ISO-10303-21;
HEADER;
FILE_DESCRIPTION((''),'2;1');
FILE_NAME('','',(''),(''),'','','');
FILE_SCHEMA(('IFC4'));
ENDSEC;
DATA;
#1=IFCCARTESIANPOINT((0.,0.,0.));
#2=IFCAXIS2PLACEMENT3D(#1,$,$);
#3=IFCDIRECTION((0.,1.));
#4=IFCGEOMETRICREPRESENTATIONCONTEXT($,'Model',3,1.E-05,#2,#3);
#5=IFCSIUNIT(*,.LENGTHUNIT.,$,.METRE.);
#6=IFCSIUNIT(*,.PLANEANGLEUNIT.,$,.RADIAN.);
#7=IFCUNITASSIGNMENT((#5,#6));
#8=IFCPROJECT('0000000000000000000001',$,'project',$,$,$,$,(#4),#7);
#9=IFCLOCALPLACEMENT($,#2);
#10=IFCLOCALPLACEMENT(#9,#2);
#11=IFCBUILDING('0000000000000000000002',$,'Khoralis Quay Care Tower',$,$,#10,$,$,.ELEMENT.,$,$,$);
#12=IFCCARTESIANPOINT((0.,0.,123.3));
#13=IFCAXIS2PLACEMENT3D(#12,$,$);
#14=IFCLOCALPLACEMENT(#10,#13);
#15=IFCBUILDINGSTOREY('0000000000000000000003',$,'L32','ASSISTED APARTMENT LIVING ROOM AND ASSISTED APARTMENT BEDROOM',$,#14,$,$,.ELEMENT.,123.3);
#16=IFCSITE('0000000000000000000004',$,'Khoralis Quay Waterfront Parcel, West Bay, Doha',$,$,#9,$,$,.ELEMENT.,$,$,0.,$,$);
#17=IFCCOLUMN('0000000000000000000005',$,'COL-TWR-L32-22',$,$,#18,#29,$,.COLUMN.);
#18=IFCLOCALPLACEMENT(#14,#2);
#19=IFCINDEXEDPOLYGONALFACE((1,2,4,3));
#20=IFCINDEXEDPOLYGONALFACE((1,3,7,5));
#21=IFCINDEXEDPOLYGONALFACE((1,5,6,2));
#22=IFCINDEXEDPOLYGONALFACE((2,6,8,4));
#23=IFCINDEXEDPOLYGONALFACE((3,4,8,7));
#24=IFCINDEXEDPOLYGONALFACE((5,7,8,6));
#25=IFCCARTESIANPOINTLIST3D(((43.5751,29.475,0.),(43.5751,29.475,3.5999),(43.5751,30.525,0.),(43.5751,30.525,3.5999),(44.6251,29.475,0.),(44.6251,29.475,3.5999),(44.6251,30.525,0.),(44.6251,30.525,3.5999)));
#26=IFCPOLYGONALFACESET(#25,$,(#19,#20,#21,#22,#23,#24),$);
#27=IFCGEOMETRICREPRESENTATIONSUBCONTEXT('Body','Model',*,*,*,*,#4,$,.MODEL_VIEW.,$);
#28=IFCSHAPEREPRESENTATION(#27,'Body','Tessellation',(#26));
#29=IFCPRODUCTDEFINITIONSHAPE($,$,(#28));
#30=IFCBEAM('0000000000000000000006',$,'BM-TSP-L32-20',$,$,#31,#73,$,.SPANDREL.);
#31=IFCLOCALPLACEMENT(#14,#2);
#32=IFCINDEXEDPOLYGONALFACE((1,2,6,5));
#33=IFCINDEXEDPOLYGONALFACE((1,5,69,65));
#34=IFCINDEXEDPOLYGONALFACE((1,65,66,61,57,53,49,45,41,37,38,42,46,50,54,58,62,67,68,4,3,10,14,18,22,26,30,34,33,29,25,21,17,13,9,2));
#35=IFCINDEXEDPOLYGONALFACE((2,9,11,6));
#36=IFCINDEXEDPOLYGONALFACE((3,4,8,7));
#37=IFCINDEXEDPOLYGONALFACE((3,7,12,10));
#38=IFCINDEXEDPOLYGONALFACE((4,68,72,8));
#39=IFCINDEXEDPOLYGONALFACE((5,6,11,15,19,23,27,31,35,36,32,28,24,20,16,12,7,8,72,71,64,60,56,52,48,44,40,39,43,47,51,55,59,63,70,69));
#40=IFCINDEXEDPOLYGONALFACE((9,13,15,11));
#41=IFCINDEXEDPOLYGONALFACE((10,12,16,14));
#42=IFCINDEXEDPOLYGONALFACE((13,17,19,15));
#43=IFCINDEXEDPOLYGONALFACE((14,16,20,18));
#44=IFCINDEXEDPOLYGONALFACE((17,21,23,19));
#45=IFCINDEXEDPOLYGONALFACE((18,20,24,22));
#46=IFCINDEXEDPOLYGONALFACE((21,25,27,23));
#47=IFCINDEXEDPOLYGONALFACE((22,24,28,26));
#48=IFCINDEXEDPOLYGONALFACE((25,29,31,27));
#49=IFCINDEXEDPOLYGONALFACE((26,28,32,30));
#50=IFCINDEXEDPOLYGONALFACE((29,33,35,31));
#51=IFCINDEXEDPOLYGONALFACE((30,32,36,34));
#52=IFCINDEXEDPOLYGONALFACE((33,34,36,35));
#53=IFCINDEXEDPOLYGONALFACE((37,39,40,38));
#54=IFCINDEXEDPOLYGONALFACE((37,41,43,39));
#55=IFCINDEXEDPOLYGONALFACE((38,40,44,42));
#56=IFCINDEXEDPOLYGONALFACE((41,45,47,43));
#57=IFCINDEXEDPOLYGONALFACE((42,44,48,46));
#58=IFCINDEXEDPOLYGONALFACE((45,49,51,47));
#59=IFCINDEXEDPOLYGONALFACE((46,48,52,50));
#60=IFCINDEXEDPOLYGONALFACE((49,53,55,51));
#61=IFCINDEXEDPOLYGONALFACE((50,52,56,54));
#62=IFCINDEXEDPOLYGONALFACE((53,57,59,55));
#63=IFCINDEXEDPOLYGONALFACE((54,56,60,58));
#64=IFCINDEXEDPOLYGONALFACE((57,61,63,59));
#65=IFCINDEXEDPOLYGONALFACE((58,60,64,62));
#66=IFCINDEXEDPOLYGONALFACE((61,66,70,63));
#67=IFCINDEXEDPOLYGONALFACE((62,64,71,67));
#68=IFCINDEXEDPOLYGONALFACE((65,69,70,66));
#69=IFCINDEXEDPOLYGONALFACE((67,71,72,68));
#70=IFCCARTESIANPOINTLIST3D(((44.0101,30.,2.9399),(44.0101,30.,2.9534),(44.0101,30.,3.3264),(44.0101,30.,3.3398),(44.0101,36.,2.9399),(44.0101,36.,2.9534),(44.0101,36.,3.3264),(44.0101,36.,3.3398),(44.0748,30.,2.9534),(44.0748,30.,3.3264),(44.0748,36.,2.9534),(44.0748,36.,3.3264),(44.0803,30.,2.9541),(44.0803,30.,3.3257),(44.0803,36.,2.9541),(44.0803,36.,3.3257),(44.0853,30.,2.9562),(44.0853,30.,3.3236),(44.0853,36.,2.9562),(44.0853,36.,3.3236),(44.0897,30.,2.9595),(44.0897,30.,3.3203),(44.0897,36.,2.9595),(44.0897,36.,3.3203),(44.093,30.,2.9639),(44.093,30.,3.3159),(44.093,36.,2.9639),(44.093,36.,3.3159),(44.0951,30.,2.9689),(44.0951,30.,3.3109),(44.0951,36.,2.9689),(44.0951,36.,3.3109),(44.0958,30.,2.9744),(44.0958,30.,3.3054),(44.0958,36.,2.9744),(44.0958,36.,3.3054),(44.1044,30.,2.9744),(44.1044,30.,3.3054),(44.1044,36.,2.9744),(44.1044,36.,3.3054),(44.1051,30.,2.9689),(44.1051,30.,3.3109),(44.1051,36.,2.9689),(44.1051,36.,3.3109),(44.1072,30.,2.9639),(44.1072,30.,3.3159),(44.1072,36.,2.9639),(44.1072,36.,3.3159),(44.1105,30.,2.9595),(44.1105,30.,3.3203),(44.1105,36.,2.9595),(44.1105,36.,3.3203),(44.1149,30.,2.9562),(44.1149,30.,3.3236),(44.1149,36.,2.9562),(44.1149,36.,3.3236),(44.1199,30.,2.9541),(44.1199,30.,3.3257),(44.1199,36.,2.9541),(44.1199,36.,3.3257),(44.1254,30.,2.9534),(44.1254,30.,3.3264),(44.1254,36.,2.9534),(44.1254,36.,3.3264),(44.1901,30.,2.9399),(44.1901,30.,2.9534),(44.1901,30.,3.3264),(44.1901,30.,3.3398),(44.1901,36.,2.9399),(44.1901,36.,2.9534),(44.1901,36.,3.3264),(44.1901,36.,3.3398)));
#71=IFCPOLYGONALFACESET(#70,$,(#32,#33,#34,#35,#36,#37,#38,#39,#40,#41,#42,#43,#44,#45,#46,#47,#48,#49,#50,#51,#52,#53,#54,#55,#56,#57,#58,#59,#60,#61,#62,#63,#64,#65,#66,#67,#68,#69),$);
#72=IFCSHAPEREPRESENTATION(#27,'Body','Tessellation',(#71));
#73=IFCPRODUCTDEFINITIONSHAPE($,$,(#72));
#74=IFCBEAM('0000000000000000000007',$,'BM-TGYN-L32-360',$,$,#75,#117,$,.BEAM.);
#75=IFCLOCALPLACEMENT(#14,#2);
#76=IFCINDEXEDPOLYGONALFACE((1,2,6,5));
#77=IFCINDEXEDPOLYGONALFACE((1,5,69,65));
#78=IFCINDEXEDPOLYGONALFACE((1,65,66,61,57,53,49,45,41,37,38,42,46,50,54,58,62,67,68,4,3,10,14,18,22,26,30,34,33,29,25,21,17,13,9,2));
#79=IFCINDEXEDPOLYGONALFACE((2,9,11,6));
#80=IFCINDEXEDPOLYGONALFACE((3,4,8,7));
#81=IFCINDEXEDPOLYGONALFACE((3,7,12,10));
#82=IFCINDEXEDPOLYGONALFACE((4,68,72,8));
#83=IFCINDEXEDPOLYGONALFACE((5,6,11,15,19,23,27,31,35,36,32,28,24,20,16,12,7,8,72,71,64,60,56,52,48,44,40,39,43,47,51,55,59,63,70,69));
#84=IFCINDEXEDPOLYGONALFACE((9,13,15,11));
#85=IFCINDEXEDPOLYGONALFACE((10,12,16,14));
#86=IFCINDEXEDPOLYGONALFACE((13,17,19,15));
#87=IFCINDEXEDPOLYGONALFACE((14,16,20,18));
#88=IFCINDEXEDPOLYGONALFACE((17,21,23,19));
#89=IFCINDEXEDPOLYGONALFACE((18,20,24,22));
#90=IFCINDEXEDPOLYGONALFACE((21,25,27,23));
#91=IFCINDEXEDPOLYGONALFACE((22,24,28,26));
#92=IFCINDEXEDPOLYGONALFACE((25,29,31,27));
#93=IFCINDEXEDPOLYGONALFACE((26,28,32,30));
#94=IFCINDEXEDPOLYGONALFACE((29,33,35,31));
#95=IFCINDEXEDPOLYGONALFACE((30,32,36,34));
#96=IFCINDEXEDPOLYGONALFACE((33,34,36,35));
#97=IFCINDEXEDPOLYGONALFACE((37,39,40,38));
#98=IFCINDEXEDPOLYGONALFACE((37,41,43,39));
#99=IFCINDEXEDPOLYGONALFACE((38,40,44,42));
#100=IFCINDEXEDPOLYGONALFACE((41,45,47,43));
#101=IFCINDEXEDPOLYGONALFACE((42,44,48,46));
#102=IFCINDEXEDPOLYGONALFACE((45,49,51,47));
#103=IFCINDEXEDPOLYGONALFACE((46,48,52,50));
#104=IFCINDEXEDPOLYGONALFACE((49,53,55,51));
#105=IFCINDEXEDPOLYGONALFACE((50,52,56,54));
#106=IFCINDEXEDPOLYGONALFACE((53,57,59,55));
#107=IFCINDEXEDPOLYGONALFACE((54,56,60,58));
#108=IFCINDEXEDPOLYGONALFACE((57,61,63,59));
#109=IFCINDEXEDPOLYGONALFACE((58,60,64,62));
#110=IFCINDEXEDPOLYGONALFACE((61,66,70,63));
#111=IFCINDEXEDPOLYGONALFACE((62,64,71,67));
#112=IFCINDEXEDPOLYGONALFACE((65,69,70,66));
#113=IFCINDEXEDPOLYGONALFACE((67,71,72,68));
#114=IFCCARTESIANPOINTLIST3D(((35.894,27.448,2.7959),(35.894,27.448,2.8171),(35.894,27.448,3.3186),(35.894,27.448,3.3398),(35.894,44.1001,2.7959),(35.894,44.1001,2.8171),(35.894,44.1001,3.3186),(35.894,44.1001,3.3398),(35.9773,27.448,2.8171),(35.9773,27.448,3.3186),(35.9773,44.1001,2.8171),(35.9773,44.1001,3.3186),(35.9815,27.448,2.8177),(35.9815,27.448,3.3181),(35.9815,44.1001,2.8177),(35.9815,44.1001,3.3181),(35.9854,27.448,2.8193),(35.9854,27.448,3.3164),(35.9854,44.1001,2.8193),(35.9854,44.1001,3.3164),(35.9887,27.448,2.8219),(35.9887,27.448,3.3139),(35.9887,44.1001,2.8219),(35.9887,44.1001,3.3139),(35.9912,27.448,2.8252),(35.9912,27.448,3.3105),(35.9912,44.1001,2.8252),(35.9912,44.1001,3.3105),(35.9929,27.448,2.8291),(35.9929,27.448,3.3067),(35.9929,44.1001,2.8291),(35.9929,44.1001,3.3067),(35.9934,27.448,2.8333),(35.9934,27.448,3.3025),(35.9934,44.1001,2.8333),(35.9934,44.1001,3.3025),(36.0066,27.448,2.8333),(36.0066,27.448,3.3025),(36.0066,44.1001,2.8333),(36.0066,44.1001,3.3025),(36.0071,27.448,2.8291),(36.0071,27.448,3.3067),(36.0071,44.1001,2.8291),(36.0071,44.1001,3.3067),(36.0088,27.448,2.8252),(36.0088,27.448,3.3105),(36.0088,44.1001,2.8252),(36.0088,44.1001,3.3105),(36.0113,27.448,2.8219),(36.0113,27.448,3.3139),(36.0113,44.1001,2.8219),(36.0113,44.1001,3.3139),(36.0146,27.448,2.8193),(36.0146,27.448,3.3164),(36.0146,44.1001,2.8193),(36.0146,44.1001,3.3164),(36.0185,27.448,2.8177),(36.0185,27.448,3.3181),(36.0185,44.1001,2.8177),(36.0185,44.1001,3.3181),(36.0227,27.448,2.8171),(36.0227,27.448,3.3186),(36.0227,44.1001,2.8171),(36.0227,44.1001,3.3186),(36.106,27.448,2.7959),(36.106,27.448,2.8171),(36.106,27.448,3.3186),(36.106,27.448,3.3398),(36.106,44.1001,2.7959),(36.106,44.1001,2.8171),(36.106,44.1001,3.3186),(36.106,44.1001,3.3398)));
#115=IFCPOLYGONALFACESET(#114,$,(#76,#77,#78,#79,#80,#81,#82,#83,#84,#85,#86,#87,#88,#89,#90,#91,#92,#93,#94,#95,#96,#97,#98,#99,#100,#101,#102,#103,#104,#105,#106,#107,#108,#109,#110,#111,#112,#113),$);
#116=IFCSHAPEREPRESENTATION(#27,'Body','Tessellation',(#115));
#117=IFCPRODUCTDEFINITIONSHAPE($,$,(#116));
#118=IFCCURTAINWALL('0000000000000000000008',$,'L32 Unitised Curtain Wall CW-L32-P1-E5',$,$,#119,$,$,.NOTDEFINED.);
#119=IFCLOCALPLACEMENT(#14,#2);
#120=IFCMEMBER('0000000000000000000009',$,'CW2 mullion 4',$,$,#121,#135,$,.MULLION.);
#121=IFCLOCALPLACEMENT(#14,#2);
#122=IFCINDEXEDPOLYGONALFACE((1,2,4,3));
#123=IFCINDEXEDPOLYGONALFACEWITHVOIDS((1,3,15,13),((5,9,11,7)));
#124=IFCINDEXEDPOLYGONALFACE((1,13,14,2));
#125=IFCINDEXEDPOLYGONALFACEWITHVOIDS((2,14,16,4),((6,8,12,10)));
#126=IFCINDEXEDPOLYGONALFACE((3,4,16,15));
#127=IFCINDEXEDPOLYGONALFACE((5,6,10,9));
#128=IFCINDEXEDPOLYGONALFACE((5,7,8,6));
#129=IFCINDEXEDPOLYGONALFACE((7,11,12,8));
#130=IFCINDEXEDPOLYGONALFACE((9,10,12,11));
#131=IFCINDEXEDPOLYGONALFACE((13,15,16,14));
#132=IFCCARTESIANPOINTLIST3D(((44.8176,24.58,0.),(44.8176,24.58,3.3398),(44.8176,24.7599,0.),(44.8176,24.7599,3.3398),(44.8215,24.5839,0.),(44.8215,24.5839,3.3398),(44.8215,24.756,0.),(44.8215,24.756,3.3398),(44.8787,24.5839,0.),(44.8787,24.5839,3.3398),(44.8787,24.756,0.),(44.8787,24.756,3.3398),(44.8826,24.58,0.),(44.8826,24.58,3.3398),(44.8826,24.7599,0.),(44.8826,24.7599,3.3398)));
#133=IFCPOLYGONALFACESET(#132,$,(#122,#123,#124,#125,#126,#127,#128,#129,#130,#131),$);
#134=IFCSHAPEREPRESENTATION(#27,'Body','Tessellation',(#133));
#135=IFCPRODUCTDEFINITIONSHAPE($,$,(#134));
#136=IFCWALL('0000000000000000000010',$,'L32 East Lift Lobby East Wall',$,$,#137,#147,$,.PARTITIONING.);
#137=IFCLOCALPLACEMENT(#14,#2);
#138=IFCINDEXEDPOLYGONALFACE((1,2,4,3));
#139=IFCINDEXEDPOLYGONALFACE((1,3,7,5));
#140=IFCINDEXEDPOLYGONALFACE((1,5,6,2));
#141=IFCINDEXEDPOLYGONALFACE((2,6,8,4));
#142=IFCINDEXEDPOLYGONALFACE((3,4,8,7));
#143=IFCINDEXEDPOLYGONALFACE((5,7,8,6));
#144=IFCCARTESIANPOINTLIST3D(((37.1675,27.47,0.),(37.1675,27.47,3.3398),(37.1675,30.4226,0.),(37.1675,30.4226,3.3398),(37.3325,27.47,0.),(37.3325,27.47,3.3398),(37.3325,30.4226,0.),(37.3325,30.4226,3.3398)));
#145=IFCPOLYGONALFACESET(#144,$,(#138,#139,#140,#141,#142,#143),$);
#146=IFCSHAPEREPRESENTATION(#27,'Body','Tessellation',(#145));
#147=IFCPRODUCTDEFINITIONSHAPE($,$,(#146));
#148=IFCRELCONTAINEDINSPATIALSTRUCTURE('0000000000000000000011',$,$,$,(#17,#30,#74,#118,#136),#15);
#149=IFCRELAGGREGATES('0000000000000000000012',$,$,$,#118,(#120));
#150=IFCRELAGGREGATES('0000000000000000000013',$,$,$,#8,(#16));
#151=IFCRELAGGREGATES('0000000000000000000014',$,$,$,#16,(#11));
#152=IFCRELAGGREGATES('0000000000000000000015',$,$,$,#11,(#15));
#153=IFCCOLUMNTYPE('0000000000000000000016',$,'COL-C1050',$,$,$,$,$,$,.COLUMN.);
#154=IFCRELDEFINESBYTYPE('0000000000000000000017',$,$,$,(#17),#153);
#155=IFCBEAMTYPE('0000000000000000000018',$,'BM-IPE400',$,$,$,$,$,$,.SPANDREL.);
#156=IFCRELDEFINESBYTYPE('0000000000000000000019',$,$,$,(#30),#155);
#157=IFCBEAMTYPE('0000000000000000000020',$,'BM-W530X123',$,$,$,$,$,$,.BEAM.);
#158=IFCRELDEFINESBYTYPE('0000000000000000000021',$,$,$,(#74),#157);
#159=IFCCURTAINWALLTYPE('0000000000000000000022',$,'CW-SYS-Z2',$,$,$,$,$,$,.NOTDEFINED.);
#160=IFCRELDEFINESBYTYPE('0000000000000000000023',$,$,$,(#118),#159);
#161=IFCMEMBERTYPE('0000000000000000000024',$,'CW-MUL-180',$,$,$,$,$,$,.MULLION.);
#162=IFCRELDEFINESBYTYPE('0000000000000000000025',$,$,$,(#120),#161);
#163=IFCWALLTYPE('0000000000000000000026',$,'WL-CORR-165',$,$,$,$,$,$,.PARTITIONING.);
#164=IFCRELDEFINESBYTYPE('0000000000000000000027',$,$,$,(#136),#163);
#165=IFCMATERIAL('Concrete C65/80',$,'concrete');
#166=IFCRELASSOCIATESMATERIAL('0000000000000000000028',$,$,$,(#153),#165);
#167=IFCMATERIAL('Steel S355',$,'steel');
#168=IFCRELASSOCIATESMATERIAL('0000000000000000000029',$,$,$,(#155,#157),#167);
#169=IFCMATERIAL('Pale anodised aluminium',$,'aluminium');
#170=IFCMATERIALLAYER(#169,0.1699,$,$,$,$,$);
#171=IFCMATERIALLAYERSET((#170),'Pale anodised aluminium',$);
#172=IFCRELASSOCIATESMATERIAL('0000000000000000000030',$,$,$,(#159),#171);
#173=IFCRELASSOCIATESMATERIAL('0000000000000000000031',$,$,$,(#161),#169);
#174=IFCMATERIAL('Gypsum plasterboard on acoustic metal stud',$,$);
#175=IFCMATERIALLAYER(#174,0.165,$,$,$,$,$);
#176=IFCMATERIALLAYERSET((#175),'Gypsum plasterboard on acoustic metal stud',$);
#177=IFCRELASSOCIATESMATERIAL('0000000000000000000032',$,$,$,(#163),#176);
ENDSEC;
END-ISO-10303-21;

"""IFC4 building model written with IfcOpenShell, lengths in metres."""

from ifc_helpers import new_model, si_unit, direction, frame, frame_2d, origin, origin_2d, place, context, subcontext, project, spatial, rectangle, hollow_rectangle, i_section, extrude, source, transform, mapped, material, layer, layer_set, material_profile, profile_set, type_object, element, aggregate, save


model = new_model("IFC4")

# Units and contexts
model_context = context("Model", 3, precision=1e-05, world=origin(), true_north=direction((0.0, 1.0)))
body_context = subcontext(model_context, "Body", "Model", "MODEL_VIEW")
ifc_project = project(units=[si_unit("LENGTHUNIT", "METRE"), si_unit("PLANEANGLEUNIT", "RADIAN")], contexts=[model_context])

# Site, building, storey
site_placement = place(None, origin())
site = spatial("IfcSite", under=ifc_project, at=site_placement, Name="Khoralis Quay Waterfront Parcel, West Bay, Doha", CompositionType="ELEMENT", RefElevation=0.0)
building_placement = place(site_placement, origin())
building = spatial("IfcBuilding", under=site, at=building_placement, Name="Khoralis Quay Care Tower", CompositionType="ELEMENT")
storey_placement = place(building_placement, frame((0.0, 0.0, 123.3)))
storey = spatial("IfcBuildingStorey", under=building, at=storey_placement, Name="L32", Description="ASSISTED APARTMENT LIVING ROOM AND ASSISTED APARTMENT BEDROOM", CompositionType="ELEMENT", Elevation=123.3)

# Column
ifc_material_1 = material(Name="Concrete C65/80", Category="concrete")
ifc_material_profile_1 = material_profile(ifc_material_1, rectangle(XDim=1.05, YDim=1.05, at=origin_2d()), Name="Concrete C65/80")
ifc_profile_set_1 = profile_set([ifc_material_profile_1], Name="Concrete C65/80")
column_type = type_object("IfcColumnType", Name="COL-C1050", PredefinedType="COLUMN", material=ifc_profile_set_1)
shared_shape_1 = source(origin(), body_context, "Body", "SweptSolid", [
    extrude(rectangle(XDim=1.05, YDim=1.05, at=origin_2d()), origin(), (0.0, 0.0, 1.0), 3.5999),
])
column_placement = place(storey_placement, frame((44.1001, 30.0, 0.0), z_axis=(0.0, 0.0, 1.0), x_axis=(1.0, 0.0, 0.0)))
element("IfcColumn", 1, at=column_placement, inside=storey, type_object=column_type, Name="COL-TWR-L32-22", PredefinedType="COLUMN", context=body_context, shape_type="MappedRepresentation", body=[
    mapped(shared_shape_1, transform((0.0, 0.0, 0.0), scale=1.0)),
])

# Beams
ifc_material_2 = material(Name="Steel S355", Category="steel")
ifc_material_profile_2 = material_profile(ifc_material_2, i_section(OverallWidth=0.1799, OverallDepth=0.3999, WebThickness=0.0085, FlangeThickness=0.0134, FilletRadius=0.021, at=origin_2d()), Name="Steel S355")
ifc_profile_set_2 = profile_set([ifc_material_profile_2], Name="Steel S355")
beam_type_1 = type_object("IfcBeamType", Name="BM-IPE400", PredefinedType="SPANDREL", material=ifc_profile_set_2)
shared_shape_2 = source(origin(), body_context, "Body", "SweptSolid", [
    extrude(i_section(OverallWidth=0.1799, OverallDepth=0.3999, WebThickness=0.0085, FlangeThickness=0.0134, FilletRadius=0.021, at=origin_2d()), origin(), (0.0, 0.0, 1.0), 6.0),
])
beam_1_placement = place(storey_placement, frame((44.1001, 30.0, 3.1399), z_axis=(0.0, 1.0, 0.0), x_axis=(-1.0, 0.0, 0.0)))
element("IfcBeam", 2, at=beam_1_placement, inside=storey, type_object=beam_type_1, Name="BM-TSP-L32-20", PredefinedType="SPANDREL", context=body_context, shape_type="MappedRepresentation", body=[
    mapped(shared_shape_2, transform((0.0, 0.0, 0.0), scale=1.0)),
])
ifc_material_profile_3 = material_profile(ifc_material_2, i_section(OverallWidth=0.2119, OverallDepth=0.5439, WebThickness=0.0132, FlangeThickness=0.0212, FilletRadius=0.0161, at=origin_2d()), Name="Steel S355")
ifc_profile_set_3 = profile_set([ifc_material_profile_3], Name="Steel S355")
beam_type_2 = type_object("IfcBeamType", Name="BM-W530X123", PredefinedType="BEAM", material=ifc_profile_set_3)
shared_shape_3 = source(origin(), body_context, "Body", "SweptSolid", [
    extrude(i_section(OverallWidth=0.2119, OverallDepth=0.5439, WebThickness=0.0132, FlangeThickness=0.0212, FilletRadius=0.0161, at=origin_2d()), origin(), (0.0, 0.0, 1.0), 16.6521),
])
beam_2_placement = place(storey_placement, frame((36.0, 27.448, 3.0679), z_axis=(0.0, 1.0, 0.0), x_axis=(-1.0, 0.0, 0.0)))
element("IfcBeam", 3, at=beam_2_placement, inside=storey, type_object=beam_type_2, Name="BM-TGYN-L32-360", PredefinedType="BEAM", context=body_context, shape_type="MappedRepresentation", body=[
    mapped(shared_shape_3, transform((0.0, 0.0, 0.0), scale=1.0)),
])

# Curtain wall, member
ifc_material_3 = material(Name="Pale anodised aluminium", Category="aluminium")
ifc_layer_1 = layer(ifc_material_3, 0.1699)
ifc_layer_set_1 = layer_set([ifc_layer_1], Name="Pale anodised aluminium")
curtain_wall_type = type_object("IfcCurtainWallType", Name="CW-SYS-Z2", PredefinedType="NOTDEFINED", material=ifc_layer_set_1)
curtain_wall_placement = place(storey_placement, origin())
curtain_wall = element("IfcCurtainWall", 4, at=curtain_wall_placement, inside=storey, type_object=curtain_wall_type, Name="L32 Unitised Curtain Wall CW-L32-P1-E5", PredefinedType="NOTDEFINED")
ifc_material_profile_4 = material_profile(ifc_material_3, hollow_rectangle(XDim=0.0649, YDim=0.1799, WallThickness=0.0039, at=origin_2d()), Name="Pale anodised aluminium")
ifc_profile_set_4 = profile_set([ifc_material_profile_4], Name="Pale anodised aluminium")
member_type = type_object("IfcMemberType", Name="CW-MUL-180", PredefinedType="MULLION", material=ifc_profile_set_4)
shared_shape_4 = source(origin(), body_context, "Body", "SweptSolid", [
    extrude(hollow_rectangle(XDim=0.0649, YDim=0.1799, WallThickness=0.0039, at=origin_2d()), origin(), (0.0, 0.0, 1.0), 3.3398),
])
member_placement = place(storey_placement, frame((44.8501, 24.6699, 0.0), z_axis=(0.0, 0.0, 1.0), x_axis=(-1.0, 0.0, 0.0)))
member = element("IfcMember", 5, at=member_placement, type_object=member_type, Name="CW2 mullion 4", PredefinedType="MULLION", context=body_context, shape_type="MappedRepresentation", body=[
    mapped(shared_shape_4, transform((0.0, 0.0, 0.0), scale=1.0)),
])
aggregate(curtain_wall, [member])

# Wall
ifc_material_4 = material(Name="Gypsum plasterboard on acoustic metal stud")
ifc_layer_2 = layer(ifc_material_4, 0.165)
ifc_layer_set_2 = layer_set([ifc_layer_2], Name="Gypsum plasterboard on acoustic metal stud")
wall_type_1 = type_object("IfcWallType", Name="WL-CORR-165", PredefinedType="PARTITIONING", material=ifc_layer_set_2)
wall_1_placement = place(storey_placement, frame((37.25, 27.47, 0.0), z_axis=(0.0, 0.0, 1.0), x_axis=(0.0, 1.0, 0.0)))
element("IfcWall", 6, at=wall_1_placement, inside=storey, type_object=wall_type_1, Name="L32 East Lift Lobby East Wall", PredefinedType="PARTITIONING", context=body_context, shape_type="SweptSolid", body=[
    extrude(rectangle(XDim=2.9526, YDim=0.165, at=frame_2d((1.4763, 0.0))), origin(), (0.0, 0.0, 1.0), 3.3398),
])

save(model, "model.ifc")
